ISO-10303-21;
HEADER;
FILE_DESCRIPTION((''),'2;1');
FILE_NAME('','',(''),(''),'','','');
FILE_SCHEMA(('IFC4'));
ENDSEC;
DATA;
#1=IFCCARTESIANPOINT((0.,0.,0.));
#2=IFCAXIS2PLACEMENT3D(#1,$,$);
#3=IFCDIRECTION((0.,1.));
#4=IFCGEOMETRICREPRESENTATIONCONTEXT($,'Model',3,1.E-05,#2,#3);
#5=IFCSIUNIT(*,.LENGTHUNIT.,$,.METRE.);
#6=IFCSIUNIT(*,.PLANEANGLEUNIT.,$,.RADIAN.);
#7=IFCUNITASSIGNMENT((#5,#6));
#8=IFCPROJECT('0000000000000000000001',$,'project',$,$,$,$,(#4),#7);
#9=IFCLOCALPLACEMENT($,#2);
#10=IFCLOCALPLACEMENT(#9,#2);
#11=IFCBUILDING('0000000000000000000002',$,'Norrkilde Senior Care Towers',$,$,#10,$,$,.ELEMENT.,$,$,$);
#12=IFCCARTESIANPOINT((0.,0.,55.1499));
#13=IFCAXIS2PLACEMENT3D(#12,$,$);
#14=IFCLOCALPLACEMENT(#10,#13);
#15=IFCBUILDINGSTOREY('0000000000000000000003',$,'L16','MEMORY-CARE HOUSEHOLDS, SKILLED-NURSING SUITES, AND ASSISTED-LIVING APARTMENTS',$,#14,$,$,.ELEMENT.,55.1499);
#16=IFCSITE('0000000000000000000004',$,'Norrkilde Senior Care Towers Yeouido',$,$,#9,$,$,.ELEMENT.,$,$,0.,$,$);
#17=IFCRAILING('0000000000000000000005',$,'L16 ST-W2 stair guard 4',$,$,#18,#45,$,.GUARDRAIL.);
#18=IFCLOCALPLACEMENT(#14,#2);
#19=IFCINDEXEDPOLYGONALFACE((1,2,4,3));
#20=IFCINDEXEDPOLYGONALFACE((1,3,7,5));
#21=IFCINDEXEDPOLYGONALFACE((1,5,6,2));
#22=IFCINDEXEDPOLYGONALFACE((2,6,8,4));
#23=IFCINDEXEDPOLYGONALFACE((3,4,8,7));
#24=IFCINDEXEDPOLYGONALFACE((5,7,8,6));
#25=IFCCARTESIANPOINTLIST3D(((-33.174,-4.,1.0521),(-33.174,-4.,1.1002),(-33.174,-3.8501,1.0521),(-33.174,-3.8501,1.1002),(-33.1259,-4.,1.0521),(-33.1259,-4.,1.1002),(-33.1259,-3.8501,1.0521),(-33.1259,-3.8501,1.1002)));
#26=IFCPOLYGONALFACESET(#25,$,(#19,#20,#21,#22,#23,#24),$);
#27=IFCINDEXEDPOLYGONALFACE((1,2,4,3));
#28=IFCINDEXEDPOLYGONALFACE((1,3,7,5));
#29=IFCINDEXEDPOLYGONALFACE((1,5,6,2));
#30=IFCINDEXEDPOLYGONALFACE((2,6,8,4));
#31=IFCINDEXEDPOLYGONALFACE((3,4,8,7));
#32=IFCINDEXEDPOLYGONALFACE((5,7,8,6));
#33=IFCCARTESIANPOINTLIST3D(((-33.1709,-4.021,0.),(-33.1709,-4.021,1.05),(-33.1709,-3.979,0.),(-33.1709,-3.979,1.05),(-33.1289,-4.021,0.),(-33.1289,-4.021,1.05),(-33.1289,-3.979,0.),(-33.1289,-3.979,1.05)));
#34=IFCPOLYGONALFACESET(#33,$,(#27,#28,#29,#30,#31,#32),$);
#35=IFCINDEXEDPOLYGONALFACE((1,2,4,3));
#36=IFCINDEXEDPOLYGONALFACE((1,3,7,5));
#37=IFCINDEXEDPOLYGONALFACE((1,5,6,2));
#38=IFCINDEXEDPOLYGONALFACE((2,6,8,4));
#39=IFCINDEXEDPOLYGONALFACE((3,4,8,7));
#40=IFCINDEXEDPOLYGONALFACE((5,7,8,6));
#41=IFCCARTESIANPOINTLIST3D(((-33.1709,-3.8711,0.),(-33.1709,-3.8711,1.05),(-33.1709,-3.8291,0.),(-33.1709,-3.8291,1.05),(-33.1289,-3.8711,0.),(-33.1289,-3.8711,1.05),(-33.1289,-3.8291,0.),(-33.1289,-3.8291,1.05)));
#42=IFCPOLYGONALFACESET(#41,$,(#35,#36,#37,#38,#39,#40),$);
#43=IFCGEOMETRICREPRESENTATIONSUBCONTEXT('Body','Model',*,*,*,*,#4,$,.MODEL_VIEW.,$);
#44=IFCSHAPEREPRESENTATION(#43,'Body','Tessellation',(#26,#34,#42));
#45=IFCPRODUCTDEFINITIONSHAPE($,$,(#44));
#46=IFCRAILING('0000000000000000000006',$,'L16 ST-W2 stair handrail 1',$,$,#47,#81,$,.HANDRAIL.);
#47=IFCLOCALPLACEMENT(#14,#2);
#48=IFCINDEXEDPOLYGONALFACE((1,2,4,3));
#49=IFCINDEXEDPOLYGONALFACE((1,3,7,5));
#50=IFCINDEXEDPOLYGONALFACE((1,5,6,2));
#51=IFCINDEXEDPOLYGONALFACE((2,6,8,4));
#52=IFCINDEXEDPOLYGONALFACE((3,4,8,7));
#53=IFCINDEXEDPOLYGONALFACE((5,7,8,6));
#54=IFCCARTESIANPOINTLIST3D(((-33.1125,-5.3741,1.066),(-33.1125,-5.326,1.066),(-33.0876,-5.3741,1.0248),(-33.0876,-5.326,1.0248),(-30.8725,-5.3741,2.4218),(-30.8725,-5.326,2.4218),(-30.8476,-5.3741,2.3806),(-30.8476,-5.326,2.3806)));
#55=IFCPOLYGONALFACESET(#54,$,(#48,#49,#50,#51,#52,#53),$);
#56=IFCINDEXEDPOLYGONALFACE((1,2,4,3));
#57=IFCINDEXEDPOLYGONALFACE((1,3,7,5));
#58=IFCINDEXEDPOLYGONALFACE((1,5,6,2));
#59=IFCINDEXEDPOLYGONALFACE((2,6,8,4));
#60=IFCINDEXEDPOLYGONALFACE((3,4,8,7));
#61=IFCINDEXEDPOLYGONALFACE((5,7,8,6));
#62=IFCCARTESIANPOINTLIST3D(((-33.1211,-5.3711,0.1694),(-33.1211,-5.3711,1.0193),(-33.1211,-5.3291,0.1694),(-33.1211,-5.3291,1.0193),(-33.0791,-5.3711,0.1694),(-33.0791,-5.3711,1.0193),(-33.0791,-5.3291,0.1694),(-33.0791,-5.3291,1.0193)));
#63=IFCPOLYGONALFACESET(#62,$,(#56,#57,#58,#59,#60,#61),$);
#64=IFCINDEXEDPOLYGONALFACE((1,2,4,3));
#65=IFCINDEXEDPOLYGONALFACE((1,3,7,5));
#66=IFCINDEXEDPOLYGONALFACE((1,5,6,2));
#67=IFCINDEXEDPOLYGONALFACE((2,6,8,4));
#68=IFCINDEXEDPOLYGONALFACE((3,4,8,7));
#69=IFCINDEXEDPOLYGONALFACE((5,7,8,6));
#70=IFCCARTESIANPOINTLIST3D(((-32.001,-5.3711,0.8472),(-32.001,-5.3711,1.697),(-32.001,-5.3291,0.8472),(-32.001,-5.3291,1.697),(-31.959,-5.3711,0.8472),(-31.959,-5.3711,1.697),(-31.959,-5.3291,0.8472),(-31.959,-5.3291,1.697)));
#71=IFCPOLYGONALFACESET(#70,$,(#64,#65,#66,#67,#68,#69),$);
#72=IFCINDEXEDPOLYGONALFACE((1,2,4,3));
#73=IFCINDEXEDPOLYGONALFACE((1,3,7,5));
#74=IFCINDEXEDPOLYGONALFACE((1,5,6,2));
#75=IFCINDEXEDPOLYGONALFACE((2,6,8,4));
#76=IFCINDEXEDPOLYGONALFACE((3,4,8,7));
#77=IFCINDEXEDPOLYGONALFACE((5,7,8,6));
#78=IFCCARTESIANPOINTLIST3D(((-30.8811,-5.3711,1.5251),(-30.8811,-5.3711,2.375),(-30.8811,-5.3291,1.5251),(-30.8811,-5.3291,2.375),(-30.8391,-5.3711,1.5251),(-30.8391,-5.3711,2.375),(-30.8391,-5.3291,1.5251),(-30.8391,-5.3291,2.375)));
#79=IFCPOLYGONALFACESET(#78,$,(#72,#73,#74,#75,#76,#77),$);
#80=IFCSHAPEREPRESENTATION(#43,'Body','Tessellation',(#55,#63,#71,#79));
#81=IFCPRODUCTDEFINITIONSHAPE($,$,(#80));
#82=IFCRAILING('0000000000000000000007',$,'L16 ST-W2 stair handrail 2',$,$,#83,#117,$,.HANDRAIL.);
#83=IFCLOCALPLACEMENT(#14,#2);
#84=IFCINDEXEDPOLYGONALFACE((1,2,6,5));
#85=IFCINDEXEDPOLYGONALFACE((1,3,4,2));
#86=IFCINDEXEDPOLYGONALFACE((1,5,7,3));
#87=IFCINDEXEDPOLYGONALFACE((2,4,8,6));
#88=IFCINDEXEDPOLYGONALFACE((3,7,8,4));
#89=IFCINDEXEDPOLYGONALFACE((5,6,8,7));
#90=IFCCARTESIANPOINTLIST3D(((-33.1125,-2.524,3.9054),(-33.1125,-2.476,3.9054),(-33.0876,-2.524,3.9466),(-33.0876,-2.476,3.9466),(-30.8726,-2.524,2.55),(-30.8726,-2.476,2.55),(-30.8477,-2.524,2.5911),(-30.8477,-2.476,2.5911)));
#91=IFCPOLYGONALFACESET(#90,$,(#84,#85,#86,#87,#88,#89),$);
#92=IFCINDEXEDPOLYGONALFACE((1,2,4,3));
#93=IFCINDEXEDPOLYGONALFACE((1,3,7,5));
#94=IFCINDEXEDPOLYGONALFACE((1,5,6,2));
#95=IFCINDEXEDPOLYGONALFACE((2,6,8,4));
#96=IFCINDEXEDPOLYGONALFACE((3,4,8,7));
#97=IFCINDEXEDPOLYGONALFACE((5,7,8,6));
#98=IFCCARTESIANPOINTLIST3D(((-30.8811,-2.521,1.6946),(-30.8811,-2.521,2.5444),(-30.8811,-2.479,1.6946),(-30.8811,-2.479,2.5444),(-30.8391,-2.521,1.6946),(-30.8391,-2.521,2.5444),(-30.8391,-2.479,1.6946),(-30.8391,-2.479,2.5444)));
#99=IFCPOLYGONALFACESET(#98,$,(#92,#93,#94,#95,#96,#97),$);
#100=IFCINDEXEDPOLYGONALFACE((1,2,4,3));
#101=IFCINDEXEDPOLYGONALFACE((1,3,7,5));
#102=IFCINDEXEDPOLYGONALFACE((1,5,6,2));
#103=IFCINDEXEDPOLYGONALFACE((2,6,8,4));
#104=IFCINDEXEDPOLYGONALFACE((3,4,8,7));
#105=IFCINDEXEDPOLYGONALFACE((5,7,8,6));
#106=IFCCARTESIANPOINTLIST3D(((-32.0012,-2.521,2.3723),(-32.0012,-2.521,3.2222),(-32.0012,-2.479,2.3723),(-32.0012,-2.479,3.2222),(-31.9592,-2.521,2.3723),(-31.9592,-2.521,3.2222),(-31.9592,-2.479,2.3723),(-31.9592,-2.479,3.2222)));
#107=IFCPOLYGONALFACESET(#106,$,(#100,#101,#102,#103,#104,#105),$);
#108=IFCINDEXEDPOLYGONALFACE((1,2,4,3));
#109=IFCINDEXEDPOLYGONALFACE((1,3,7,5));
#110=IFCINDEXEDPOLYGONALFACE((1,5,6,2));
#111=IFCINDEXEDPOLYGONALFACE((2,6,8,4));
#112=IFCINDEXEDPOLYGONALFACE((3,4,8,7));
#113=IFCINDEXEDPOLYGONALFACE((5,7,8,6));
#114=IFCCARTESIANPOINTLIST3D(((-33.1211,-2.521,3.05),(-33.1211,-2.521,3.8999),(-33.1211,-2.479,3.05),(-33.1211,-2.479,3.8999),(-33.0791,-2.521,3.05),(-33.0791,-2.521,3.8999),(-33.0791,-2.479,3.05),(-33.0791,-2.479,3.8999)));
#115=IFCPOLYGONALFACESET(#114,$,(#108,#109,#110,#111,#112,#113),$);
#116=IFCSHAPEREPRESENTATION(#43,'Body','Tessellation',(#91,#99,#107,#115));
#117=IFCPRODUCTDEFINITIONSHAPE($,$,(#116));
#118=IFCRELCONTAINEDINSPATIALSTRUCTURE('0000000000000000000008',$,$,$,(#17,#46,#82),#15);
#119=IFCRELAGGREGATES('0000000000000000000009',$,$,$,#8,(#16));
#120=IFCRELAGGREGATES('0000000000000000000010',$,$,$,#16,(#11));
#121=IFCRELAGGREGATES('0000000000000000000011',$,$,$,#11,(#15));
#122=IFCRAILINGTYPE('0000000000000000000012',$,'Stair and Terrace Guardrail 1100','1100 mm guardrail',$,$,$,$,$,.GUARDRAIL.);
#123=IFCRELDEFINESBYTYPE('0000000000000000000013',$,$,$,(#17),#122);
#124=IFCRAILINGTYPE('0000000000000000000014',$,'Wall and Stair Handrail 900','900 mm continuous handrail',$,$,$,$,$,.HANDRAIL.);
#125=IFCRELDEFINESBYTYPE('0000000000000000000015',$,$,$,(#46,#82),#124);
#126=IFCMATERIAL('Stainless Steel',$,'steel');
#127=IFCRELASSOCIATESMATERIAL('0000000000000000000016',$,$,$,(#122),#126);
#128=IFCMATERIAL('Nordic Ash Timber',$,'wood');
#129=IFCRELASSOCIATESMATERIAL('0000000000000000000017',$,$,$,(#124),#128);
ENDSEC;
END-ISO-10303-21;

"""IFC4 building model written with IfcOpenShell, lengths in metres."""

from ifc_helpers import new_model, si_unit, direction, frame, origin, origin_2d, place, context, subcontext, project, spatial, rectangle, extrude, material, type_object, element, save


model = new_model("IFC4")

# Units and contexts
model_context = context("Model", 3, precision=1e-05, world=origin(), true_north=direction((0.0, 1.0)))
body_context = subcontext(model_context, "Body", "Model", "MODEL_VIEW")
ifc_project = project(units=[si_unit("LENGTHUNIT", "METRE"), si_unit("PLANEANGLEUNIT", "RADIAN")], contexts=[model_context])

# Site, building, storey
site_placement = place(None, origin())
site = spatial("IfcSite", under=ifc_project, at=site_placement, Name="Norrkilde Senior Care Towers Yeouido", CompositionType="ELEMENT", RefElevation=0.0)
building_placement = place(site_placement, origin())
building = spatial("IfcBuilding", under=site, at=building_placement, Name="Norrkilde Senior Care Towers", CompositionType="ELEMENT")
storey_placement = place(building_placement, frame((0.0, 0.0, 55.1499)))
storey = spatial("IfcBuildingStorey", under=building, at=storey_placement, Name="L16", Description="MEMORY-CARE HOUSEHOLDS, SKILLED-NURSING SUITES, AND ASSISTED-LIVING APARTMENTS", CompositionType="ELEMENT", Elevation=55.1499)

# Railings
ifc_material_1 = material(Name="Stainless Steel", Category="steel")
railing_type_1 = type_object("IfcRailingType", Name="Stair and Terrace Guardrail 1100", Description="1100 mm guardrail", PredefinedType="GUARDRAIL", material=ifc_material_1)
railing_1_placement = place(storey_placement, frame((-33.1499, -4.0, 0.0)))
element("IfcRailing", 1, at=railing_1_placement, inside=storey, type_object=railing_type_1, Name="L16 ST-W2 stair guard 4", PredefinedType="GUARDRAIL", context=body_context, shape_type="SweptSolid", body=[
    extrude(rectangle(XDim=0.0481, YDim=0.0481, at=origin_2d()), frame((0.0, 0.0, 1.0762), z_axis=(0.0, 1.0, 0.0), x_axis=(-1.0, 0.0, 0.0)), (0.0, 0.0, 1.0), 0.1499),
    extrude(rectangle(XDim=0.042, YDim=0.042, at=origin_2d()), origin(), (0.0, 0.0, 1.0), 1.05),
    extrude(rectangle(XDim=0.042, YDim=0.042, at=origin_2d()), frame((0.0, 0.1499, 0.0)), (0.0, 0.0, 1.0), 1.05),
])
ifc_material_2 = material(Name="Nordic Ash Timber", Category="wood")
railing_type_2 = type_object("IfcRailingType", Name="Wall and Stair Handrail 900", Description="900 mm continuous handrail", PredefinedType="HANDRAIL", material=ifc_material_2)
railing_2_placement = place(storey_placement, frame((-33.1001, -5.3501, 0.1694)))
element("IfcRailing", 2, at=railing_2_placement, inside=storey, type_object=railing_type_2, Name="L16 ST-W2 stair handrail 1", PredefinedType="HANDRAIL", context=body_context, shape_type="SweptSolid", body=[
    extrude(rectangle(XDim=0.0481, YDim=0.0481, at=origin_2d()), frame((0.0, 0.0, 0.876), z_axis=(0.855512, 0.0, 0.517783), x_axis=(0.0, 1.0, 0.0)), (0.0, 0.0, 1.0), 2.6184),
    extrude(rectangle(XDim=0.042, YDim=0.042, at=origin_2d()), origin(), (0.0, 0.0, 1.0), 0.8499),
    extrude(rectangle(XDim=0.042, YDim=0.042, at=origin_2d()), frame((1.1201, 0.0, 0.6777)), (0.0, 0.0, 1.0), 0.8499),
    extrude(rectangle(XDim=0.042, YDim=0.042, at=origin_2d()), frame((2.24, 0.0, 1.3557)), (0.0, 0.0, 1.0), 0.8499),
])
railing_3_placement = place(storey_placement, frame((-30.8601, -2.5, 1.6946)))
element("IfcRailing", 3, at=railing_3_placement, inside=storey, type_object=railing_type_2, Name="L16 ST-W2 stair handrail 2", PredefinedType="HANDRAIL", context=body_context, shape_type="SweptSolid", body=[
    extrude(rectangle(XDim=0.0481, YDim=0.0481, at=origin_2d()), frame((0.0, 0.0, 0.876), z_axis=(-0.855553, 0.0, 0.517715), x_axis=(0.0, -1.0, 0.0)), (0.0, 0.0, 1.0), 2.6182),
    extrude(rectangle(XDim=0.042, YDim=0.042, at=origin_2d()), origin(), (0.0, 0.0, 1.0), 0.8499),
    extrude(rectangle(XDim=0.042, YDim=0.042, at=origin_2d()), frame((-1.1201, 0.0, 0.6777)), (0.0, 0.0, 1.0), 0.8499),
    extrude(rectangle(XDim=0.042, YDim=0.042, at=origin_2d()), frame((-2.24, 0.0, 1.3555)), (0.0, 0.0, 1.0), 0.8499),
])

save(model, "model.ifc")
